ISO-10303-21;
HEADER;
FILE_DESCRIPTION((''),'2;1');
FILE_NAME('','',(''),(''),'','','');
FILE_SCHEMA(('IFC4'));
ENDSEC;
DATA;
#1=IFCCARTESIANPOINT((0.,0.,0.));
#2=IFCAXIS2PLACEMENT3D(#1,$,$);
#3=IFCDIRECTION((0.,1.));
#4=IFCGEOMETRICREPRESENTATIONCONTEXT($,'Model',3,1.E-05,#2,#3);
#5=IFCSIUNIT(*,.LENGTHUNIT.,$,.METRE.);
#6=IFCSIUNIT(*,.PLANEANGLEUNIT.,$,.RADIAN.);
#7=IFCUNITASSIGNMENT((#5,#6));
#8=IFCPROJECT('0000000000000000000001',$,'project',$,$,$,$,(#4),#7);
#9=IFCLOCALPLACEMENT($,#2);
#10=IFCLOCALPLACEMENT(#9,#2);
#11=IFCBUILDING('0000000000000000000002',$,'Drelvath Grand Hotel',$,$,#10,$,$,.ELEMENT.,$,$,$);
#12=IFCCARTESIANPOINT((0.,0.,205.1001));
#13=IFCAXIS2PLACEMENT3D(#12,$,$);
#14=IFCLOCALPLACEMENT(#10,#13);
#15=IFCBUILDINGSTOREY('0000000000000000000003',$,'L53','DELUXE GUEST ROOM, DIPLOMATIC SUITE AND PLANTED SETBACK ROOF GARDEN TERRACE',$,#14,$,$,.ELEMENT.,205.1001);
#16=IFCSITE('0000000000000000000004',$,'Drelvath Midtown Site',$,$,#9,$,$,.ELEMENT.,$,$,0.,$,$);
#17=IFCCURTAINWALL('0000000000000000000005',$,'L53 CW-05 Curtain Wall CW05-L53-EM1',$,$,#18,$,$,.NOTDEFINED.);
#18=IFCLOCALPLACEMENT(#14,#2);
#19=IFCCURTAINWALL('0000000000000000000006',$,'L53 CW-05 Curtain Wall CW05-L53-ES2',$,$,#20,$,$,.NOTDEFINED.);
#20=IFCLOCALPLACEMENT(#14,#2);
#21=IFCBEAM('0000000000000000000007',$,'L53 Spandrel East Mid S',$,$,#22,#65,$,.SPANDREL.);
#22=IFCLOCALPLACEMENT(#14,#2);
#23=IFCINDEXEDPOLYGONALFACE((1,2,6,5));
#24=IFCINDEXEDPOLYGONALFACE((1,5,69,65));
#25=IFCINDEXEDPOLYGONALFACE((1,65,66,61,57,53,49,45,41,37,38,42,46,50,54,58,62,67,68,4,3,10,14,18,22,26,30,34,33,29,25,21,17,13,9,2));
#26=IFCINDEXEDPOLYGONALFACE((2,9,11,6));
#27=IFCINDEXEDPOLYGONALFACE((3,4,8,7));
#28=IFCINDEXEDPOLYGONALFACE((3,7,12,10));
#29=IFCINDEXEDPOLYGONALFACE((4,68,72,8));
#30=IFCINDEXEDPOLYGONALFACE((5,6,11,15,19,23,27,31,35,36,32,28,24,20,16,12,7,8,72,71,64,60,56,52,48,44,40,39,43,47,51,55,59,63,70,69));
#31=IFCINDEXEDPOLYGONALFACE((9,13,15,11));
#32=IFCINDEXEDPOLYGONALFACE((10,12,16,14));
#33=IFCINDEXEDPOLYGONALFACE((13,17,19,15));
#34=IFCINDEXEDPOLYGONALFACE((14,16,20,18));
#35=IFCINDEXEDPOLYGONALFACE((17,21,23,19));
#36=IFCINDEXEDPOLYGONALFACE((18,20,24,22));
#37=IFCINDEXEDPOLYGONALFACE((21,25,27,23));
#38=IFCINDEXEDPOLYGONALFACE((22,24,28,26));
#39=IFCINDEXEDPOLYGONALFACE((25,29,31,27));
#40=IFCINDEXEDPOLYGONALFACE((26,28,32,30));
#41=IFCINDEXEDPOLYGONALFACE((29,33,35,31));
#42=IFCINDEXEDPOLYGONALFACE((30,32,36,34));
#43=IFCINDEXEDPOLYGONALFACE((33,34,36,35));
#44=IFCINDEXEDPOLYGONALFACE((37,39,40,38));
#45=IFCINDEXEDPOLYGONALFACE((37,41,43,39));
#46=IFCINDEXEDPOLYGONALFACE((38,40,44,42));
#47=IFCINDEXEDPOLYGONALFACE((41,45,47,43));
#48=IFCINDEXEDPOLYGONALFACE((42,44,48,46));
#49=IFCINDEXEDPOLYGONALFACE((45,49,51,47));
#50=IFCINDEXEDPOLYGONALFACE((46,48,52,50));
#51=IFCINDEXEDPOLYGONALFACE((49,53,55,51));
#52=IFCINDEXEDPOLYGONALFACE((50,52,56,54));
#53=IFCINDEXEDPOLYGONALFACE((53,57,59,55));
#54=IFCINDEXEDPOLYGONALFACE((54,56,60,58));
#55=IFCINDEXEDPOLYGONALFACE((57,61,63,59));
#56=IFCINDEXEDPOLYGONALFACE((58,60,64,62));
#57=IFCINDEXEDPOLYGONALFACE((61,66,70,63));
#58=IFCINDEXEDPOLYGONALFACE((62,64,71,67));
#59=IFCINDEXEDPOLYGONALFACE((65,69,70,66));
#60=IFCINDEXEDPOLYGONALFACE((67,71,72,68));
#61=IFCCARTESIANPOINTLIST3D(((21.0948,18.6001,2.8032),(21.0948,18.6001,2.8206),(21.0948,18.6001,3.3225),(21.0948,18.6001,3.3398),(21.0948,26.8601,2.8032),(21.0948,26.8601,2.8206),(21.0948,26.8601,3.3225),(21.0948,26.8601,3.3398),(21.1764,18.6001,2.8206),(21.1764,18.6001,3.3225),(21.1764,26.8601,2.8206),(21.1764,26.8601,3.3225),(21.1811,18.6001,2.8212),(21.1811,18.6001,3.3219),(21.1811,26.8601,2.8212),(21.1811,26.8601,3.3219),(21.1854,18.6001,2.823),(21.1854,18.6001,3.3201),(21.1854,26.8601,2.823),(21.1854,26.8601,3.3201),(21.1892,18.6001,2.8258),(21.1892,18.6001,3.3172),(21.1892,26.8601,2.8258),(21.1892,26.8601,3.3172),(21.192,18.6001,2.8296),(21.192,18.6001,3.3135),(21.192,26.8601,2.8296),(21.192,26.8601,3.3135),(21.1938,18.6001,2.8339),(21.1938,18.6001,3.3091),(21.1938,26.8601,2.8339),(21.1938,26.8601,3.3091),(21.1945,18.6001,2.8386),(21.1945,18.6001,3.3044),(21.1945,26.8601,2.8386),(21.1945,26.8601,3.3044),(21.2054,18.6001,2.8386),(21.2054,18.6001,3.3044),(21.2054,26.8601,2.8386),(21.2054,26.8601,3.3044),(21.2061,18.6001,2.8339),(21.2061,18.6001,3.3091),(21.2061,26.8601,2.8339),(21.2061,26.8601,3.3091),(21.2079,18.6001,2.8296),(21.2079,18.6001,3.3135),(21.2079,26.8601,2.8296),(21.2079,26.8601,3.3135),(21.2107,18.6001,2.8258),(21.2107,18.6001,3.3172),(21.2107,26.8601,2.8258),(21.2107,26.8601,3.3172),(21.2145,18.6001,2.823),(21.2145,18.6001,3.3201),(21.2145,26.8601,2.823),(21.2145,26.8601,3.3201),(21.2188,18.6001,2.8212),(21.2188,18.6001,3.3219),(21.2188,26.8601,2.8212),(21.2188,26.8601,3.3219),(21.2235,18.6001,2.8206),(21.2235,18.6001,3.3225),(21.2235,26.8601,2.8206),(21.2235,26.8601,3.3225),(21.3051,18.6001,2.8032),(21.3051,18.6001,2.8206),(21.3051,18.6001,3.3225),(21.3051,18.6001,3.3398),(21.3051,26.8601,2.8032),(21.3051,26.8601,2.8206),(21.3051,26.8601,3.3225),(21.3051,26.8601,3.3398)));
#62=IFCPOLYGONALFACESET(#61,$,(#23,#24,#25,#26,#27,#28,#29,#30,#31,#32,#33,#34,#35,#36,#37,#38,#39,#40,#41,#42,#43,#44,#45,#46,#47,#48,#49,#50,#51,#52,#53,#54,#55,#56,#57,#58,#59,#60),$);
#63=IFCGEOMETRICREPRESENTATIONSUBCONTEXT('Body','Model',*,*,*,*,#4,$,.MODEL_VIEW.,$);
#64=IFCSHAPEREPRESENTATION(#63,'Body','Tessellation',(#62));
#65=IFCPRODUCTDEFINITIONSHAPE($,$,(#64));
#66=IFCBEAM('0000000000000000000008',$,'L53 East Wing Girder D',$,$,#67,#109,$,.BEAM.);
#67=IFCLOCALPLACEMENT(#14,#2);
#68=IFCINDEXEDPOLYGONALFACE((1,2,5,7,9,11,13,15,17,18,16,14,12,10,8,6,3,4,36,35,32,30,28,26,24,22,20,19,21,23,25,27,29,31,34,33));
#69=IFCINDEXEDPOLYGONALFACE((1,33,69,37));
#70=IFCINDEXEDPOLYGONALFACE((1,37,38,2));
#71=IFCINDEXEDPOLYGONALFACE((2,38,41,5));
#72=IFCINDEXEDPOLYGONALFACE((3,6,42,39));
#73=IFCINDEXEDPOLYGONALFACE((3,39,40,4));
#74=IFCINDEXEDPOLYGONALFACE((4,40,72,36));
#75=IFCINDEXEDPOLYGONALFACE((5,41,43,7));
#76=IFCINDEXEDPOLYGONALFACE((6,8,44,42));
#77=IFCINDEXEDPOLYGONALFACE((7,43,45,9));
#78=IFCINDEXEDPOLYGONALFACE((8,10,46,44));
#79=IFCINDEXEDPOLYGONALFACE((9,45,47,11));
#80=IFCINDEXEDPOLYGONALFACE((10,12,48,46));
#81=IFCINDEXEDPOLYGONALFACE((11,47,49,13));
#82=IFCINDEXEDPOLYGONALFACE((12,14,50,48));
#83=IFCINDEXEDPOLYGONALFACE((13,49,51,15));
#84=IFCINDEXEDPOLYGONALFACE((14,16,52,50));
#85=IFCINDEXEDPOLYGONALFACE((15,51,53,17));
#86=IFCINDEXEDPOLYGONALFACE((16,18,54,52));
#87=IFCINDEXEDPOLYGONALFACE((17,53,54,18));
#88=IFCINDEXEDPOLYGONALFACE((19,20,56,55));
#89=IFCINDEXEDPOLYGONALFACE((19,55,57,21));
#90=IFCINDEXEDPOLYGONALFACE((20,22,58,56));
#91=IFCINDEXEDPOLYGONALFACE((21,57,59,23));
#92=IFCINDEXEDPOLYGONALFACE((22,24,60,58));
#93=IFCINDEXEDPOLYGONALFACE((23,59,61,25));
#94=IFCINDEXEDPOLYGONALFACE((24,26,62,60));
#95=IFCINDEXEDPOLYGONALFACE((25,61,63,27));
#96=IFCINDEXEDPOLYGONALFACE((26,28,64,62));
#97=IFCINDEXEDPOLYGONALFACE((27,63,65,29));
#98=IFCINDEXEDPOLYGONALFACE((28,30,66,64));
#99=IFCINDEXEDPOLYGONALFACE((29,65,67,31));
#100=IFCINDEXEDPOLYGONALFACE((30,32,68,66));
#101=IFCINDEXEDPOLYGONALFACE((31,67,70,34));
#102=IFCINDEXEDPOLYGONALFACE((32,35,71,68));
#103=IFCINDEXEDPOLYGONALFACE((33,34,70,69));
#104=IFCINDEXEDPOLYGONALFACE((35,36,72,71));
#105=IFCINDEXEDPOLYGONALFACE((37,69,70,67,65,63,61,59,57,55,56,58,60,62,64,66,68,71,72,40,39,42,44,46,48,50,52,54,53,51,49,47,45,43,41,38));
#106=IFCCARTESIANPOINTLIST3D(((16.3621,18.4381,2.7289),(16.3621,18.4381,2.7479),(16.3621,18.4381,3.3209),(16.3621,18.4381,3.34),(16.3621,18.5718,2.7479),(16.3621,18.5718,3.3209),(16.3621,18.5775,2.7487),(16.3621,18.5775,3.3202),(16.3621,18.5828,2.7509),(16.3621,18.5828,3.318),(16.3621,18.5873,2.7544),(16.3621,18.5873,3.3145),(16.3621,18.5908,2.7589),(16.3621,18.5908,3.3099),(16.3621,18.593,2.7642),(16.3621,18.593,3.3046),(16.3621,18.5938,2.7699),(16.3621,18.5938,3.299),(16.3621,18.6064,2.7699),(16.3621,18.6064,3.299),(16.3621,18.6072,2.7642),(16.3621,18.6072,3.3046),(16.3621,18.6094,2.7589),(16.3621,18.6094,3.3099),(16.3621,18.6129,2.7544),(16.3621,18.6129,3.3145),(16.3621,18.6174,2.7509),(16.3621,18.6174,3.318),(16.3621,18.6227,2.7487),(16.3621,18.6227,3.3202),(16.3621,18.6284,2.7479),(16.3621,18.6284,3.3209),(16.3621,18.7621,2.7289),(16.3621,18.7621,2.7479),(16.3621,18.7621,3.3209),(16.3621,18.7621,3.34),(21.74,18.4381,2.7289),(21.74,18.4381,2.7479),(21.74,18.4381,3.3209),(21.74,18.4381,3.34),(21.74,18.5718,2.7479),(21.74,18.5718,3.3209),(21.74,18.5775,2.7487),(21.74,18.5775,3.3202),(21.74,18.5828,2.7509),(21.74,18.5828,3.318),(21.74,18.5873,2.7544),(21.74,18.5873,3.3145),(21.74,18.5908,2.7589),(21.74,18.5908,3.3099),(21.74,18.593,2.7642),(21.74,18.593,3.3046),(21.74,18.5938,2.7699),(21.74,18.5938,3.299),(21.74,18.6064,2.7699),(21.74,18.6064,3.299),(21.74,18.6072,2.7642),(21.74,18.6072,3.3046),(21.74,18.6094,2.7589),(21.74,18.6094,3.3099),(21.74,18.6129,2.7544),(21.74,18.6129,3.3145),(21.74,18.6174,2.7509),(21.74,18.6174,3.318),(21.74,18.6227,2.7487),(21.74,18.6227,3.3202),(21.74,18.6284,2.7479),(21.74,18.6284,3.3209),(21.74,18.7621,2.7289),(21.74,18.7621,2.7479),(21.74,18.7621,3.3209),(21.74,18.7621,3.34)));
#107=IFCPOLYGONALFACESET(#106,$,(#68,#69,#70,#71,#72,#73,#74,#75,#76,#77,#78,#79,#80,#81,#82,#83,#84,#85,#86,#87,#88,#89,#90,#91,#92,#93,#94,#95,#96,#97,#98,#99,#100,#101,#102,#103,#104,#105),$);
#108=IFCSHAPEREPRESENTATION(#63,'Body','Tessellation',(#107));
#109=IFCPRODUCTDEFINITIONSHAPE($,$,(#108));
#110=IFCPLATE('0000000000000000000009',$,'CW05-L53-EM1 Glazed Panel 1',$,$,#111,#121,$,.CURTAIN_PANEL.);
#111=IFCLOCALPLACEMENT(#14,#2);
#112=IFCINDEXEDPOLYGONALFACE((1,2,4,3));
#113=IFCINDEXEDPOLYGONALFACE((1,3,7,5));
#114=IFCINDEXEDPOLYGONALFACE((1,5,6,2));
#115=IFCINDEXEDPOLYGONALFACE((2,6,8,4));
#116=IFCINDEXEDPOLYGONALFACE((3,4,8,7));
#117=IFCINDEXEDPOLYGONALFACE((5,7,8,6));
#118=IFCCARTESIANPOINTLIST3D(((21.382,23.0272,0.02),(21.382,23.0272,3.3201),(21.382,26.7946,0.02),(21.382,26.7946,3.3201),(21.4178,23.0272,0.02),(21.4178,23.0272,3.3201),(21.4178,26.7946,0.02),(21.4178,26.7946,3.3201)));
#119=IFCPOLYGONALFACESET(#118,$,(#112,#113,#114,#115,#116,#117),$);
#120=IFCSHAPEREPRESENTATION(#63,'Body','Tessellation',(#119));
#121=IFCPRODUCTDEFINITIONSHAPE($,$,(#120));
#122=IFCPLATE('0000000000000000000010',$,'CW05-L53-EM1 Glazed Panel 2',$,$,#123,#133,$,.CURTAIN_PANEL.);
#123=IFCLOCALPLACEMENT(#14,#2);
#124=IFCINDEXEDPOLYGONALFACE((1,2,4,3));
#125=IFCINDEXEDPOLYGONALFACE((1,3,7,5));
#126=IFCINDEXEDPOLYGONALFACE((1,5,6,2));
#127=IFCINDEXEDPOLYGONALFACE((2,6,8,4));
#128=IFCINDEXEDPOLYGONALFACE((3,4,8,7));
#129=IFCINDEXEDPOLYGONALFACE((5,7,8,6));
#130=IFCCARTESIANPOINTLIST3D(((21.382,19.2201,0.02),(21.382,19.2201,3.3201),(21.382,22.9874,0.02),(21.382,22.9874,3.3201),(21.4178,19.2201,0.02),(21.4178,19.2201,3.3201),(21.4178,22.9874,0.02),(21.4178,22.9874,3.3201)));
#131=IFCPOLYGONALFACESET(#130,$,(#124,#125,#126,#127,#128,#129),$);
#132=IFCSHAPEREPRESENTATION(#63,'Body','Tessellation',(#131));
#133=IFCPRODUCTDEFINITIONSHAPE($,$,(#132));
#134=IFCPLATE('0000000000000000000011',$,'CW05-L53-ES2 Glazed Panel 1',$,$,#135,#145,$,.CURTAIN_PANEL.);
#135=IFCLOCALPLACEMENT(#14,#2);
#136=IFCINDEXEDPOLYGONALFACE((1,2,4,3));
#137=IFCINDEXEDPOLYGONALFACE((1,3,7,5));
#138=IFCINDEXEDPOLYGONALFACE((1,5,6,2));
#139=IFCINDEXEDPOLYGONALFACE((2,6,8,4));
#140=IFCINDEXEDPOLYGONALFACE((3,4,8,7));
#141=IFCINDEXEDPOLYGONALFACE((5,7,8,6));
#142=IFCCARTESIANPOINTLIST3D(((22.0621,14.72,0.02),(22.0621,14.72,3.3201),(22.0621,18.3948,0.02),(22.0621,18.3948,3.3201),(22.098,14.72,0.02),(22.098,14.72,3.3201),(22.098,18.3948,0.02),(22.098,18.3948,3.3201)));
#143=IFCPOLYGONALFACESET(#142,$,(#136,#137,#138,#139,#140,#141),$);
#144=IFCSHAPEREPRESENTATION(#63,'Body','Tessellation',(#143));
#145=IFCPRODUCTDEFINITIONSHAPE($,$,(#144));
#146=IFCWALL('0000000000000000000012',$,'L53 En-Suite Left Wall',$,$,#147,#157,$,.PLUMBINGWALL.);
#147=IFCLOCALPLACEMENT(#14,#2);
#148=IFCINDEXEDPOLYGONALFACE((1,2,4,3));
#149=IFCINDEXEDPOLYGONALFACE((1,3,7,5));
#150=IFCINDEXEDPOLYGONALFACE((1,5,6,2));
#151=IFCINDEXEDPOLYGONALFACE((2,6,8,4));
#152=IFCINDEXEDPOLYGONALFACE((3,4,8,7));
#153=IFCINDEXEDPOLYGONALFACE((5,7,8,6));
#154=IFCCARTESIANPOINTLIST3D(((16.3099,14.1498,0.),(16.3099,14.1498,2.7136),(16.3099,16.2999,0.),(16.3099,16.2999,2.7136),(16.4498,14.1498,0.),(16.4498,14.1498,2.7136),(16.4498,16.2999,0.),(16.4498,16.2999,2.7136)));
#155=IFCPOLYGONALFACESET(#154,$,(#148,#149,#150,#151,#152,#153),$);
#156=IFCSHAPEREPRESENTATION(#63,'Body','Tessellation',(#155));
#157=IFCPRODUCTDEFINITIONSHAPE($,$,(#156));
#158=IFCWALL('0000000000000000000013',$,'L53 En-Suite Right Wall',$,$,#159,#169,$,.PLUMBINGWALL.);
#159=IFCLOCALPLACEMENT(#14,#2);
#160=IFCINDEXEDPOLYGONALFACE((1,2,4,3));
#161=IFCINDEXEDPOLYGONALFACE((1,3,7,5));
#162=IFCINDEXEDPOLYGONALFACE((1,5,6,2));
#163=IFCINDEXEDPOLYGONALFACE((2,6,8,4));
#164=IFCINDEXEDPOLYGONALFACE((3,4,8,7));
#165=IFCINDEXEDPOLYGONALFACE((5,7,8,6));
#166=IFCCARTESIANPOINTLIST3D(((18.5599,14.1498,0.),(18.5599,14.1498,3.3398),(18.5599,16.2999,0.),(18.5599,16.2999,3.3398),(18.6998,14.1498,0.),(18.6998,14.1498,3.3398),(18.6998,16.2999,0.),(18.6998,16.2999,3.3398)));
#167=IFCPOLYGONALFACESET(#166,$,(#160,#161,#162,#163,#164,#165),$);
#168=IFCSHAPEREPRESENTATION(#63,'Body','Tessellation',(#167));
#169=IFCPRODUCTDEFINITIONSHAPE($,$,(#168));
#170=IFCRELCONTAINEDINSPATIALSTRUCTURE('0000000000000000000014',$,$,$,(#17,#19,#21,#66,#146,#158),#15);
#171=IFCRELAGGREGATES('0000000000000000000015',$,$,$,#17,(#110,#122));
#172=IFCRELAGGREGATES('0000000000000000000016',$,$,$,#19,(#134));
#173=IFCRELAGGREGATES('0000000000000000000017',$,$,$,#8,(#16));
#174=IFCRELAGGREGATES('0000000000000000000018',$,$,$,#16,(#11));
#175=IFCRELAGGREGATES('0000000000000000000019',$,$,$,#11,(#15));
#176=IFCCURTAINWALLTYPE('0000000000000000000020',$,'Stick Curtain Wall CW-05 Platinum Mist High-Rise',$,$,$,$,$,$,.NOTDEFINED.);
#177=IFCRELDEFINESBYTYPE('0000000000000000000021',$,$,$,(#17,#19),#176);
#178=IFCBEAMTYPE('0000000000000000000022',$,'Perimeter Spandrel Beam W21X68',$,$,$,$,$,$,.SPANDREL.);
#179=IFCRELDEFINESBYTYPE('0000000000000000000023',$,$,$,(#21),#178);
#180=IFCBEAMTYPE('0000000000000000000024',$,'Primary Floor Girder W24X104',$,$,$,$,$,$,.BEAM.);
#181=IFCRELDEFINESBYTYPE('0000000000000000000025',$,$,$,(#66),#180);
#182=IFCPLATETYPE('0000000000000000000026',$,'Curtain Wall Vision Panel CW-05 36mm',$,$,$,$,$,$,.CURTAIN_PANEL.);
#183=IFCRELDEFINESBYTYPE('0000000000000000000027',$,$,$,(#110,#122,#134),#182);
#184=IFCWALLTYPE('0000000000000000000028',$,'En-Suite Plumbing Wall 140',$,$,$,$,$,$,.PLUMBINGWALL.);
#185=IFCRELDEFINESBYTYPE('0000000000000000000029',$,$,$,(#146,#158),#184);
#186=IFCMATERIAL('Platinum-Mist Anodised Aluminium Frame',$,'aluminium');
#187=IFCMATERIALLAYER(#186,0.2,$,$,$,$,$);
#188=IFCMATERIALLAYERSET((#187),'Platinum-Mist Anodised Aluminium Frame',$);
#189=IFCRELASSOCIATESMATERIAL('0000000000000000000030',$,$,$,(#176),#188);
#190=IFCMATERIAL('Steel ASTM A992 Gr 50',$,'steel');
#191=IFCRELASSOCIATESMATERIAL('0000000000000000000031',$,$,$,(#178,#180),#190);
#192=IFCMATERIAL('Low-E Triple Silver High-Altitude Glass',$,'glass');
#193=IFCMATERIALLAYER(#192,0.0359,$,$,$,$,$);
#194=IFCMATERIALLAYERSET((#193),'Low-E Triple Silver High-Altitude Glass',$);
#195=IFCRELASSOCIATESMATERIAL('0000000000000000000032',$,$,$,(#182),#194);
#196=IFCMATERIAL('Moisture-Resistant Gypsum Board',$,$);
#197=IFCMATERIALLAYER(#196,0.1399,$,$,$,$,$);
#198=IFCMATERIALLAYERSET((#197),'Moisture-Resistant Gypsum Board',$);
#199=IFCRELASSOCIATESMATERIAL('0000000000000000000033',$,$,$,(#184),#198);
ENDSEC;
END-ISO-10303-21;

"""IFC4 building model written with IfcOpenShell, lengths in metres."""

from ifc_helpers import new_model, si_unit, direction, frame, frame_2d, origin, origin_2d, place, context, subcontext, project, spatial, rectangle, i_section, extrude, material, layer, layer_set, material_profile, profile_set, type_object, element, aggregate, save


model = new_model("IFC4")

# Units and contexts
model_context = context("Model", 3, precision=1e-05, world=origin(), true_north=direction((0.0, 1.0)))
body_context = subcontext(model_context, "Body", "Model", "MODEL_VIEW")
ifc_project = project(units=[si_unit("LENGTHUNIT", "METRE"), si_unit("PLANEANGLEUNIT", "RADIAN")], contexts=[model_context])

# Site, building, storey
site_placement = place(None, origin())
site = spatial("IfcSite", under=ifc_project, at=site_placement, Name="Drelvath Midtown Site", CompositionType="ELEMENT", RefElevation=0.0)
building_placement = place(site_placement, origin())
building = spatial("IfcBuilding", under=site, at=building_placement, Name="Drelvath Grand Hotel", CompositionType="ELEMENT")
storey_placement = place(building_placement, frame((0.0, 0.0, 205.1001)))
storey = spatial("IfcBuildingStorey", under=building, at=storey_placement, Name="L53", Description="DELUXE GUEST ROOM, DIPLOMATIC SUITE AND PLANTED SETBACK ROOF GARDEN TERRACE", CompositionType="ELEMENT", Elevation=205.1001)

# Curtain walls
ifc_material_1 = material(Name="Platinum-Mist Anodised Aluminium Frame", Category="aluminium")
ifc_layer_1 = layer(ifc_material_1, 0.2)
ifc_layer_set_1 = layer_set([ifc_layer_1], Name="Platinum-Mist Anodised Aluminium Frame")
curtain_wall_type = type_object("IfcCurtainWallType", Name="Stick Curtain Wall CW-05 Platinum Mist High-Rise", PredefinedType="NOTDEFINED", material=ifc_layer_set_1)
curtain_wall_1_placement = place(storey_placement, origin())
curtain_wall_1 = element("IfcCurtainWall", 1, at=curtain_wall_1_placement, inside=storey, type_object=curtain_wall_type, Name="L53 CW-05 Curtain Wall CW05-L53-EM1", PredefinedType="NOTDEFINED")
curtain_wall_2_placement = place(storey_placement, origin())
curtain_wall_2 = element("IfcCurtainWall", 2, at=curtain_wall_2_placement, inside=storey, type_object=curtain_wall_type, Name="L53 CW-05 Curtain Wall CW05-L53-ES2", PredefinedType="NOTDEFINED")

# Beams
ifc_material_2 = material(Name="Steel ASTM A992 Gr 50", Category="steel")
ifc_material_profile_1 = material_profile(ifc_material_2, i_section(OverallWidth=0.2102, OverallDepth=0.5366, WebThickness=0.011, FlangeThickness=0.0173, FilletRadius=0.0181, at=origin_2d()), Name="W21X68")
ifc_profile_set_1 = profile_set([ifc_material_profile_1], Name="Steel ASTM A992 Gr 50")
beam_type_1 = type_object("IfcBeamType", Name="Perimeter Spandrel Beam W21X68", PredefinedType="SPANDREL", material=ifc_profile_set_1)
beam_1_placement = place(storey_placement, frame((21.2, 18.6001, 3.0715), z_axis=(0.0, 1.0, 0.0), x_axis=(-1.0, 0.0, 0.0)))
element("IfcBeam", 3, at=beam_1_placement, inside=storey, type_object=beam_type_1, Name="L53 Spandrel East Mid S", PredefinedType="SPANDREL", context=body_context, shape_type="SweptSolid", body=[
    extrude(i_section(OverallWidth=0.2102, OverallDepth=0.5366, WebThickness=0.011, FlangeThickness=0.0173, FilletRadius=0.0181, at=origin_2d()), origin(), (0.0, 0.0, 1.0), 8.26),
])
ifc_material_profile_2 = material_profile(ifc_material_2, i_section(OverallWidth=0.324, OverallDepth=0.6111, WebThickness=0.0127, FlangeThickness=0.019, FilletRadius=0.022, at=origin_2d()), Name="W24X104")
ifc_profile_set_2 = profile_set([ifc_material_profile_2], Name="Steel ASTM A992 Gr 50")
beam_type_2 = type_object("IfcBeamType", Name="Primary Floor Girder W24X104", PredefinedType="BEAM", material=ifc_profile_set_2)
beam_2_placement = place(storey_placement, frame((16.3621, 18.6001, 3.0344), z_axis=(1.0, 0.0, 0.0), x_axis=(0.0, 1.0, 0.0)))
element("IfcBeam", 4, at=beam_2_placement, inside=storey, type_object=beam_type_2, Name="L53 East Wing Girder D", PredefinedType="BEAM", context=body_context, shape_type="SweptSolid", body=[
    extrude(i_section(OverallWidth=0.324, OverallDepth=0.6111, WebThickness=0.0127, FlangeThickness=0.019, FilletRadius=0.022, at=origin_2d()), origin(), (0.0, 0.0, 1.0), 5.3779),
])

# Plates
ifc_material_3 = material(Name="Low-E Triple Silver High-Altitude Glass", Category="glass")
ifc_layer_2 = layer(ifc_material_3, 0.0359)
ifc_layer_set_2 = layer_set([ifc_layer_2], Name="Low-E Triple Silver High-Altitude Glass")
plate_type = type_object("IfcPlateType", Name="Curtain Wall Vision Panel CW-05 36mm", PredefinedType="CURTAIN_PANEL", material=ifc_layer_set_2)
plate_1_placement = place(storey_placement, frame((21.3999, 24.9109, 0.02), z_axis=(0.0, 0.0, 1.0), x_axis=(0.0, -1.0, 0.0)))
plate_1 = element("IfcPlate", 5, at=plate_1_placement, type_object=plate_type, Name="CW05-L53-EM1 Glazed Panel 1", PredefinedType="CURTAIN_PANEL", context=body_context, shape_type="SweptSolid", body=[
    extrude(rectangle(XDim=3.7673, YDim=0.0359, at=origin_2d()), origin(), (0.0, 0.0, 1.0), 3.3),
])
plate_2_placement = place(storey_placement, frame((21.3999, 21.1038, 0.02), z_axis=(0.0, 0.0, 1.0), x_axis=(0.0, -1.0, 0.0)))
plate_2 = element("IfcPlate", 6, at=plate_2_placement, type_object=plate_type, Name="CW05-L53-EM1 Glazed Panel 2", PredefinedType="CURTAIN_PANEL", context=body_context, shape_type="SweptSolid", body=[
    extrude(rectangle(XDim=3.7673, YDim=0.0359, at=origin_2d()), origin(), (0.0, 0.0, 1.0), 3.3),
])
aggregate(curtain_wall_1, [plate_1, plate_2])
plate_3_placement = place(storey_placement, frame((22.0801, 16.5574, 0.02), z_axis=(0.0, 0.0, 1.0), x_axis=(0.0, -1.0, 0.0)))
plate_3 = element("IfcPlate", 7, at=plate_3_placement, type_object=plate_type, Name="CW05-L53-ES2 Glazed Panel 1", PredefinedType="CURTAIN_PANEL", context=body_context, shape_type="SweptSolid", body=[
    extrude(rectangle(XDim=3.6748, YDim=0.0359, at=origin_2d()), origin(), (0.0, 0.0, 1.0), 3.3),
])
aggregate(curtain_wall_2, [plate_3])

# Walls
ifc_material_4 = material(Name="Moisture-Resistant Gypsum Board")
ifc_layer_3 = layer(ifc_material_4, 0.1399)
ifc_layer_set_3 = layer_set([ifc_layer_3], Name="Moisture-Resistant Gypsum Board")
wall_type_1 = type_object("IfcWallType", Name="En-Suite Plumbing Wall 140", PredefinedType="PLUMBINGWALL", material=ifc_layer_set_3)
wall_1_placement = place(storey_placement, frame((16.3799, 16.3, 0.0), z_axis=(0.0, 0.0, 1.0), x_axis=(0.0, -1.0, 0.0)))
element("IfcWall", 8, at=wall_1_placement, inside=storey, type_object=wall_type_1, Name="L53 En-Suite Left Wall", PredefinedType="PLUMBINGWALL", context=body_context, shape_type="SweptSolid", body=[
    extrude(rectangle(XDim=2.1501, YDim=0.1399, at=frame_2d((1.0752, 0.0))), origin(), (0.0, 0.0, 1.0), 2.7136),
])
wall_2_placement = place(storey_placement, frame((18.6299, 16.3, 0.0), z_axis=(0.0, 0.0, 1.0), x_axis=(0.0, -1.0, 0.0)))
element("IfcWall", 9, at=wall_2_placement, inside=storey, type_object=wall_type_1, Name="L53 En-Suite Right Wall", PredefinedType="PLUMBINGWALL", context=body_context, shape_type="SweptSolid", body=[
    extrude(rectangle(XDim=2.1501, YDim=0.1399, at=frame_2d((1.0752, 0.0))), origin(), (0.0, 0.0, 1.0), 3.3398),
])

save(model, "model.ifc")
